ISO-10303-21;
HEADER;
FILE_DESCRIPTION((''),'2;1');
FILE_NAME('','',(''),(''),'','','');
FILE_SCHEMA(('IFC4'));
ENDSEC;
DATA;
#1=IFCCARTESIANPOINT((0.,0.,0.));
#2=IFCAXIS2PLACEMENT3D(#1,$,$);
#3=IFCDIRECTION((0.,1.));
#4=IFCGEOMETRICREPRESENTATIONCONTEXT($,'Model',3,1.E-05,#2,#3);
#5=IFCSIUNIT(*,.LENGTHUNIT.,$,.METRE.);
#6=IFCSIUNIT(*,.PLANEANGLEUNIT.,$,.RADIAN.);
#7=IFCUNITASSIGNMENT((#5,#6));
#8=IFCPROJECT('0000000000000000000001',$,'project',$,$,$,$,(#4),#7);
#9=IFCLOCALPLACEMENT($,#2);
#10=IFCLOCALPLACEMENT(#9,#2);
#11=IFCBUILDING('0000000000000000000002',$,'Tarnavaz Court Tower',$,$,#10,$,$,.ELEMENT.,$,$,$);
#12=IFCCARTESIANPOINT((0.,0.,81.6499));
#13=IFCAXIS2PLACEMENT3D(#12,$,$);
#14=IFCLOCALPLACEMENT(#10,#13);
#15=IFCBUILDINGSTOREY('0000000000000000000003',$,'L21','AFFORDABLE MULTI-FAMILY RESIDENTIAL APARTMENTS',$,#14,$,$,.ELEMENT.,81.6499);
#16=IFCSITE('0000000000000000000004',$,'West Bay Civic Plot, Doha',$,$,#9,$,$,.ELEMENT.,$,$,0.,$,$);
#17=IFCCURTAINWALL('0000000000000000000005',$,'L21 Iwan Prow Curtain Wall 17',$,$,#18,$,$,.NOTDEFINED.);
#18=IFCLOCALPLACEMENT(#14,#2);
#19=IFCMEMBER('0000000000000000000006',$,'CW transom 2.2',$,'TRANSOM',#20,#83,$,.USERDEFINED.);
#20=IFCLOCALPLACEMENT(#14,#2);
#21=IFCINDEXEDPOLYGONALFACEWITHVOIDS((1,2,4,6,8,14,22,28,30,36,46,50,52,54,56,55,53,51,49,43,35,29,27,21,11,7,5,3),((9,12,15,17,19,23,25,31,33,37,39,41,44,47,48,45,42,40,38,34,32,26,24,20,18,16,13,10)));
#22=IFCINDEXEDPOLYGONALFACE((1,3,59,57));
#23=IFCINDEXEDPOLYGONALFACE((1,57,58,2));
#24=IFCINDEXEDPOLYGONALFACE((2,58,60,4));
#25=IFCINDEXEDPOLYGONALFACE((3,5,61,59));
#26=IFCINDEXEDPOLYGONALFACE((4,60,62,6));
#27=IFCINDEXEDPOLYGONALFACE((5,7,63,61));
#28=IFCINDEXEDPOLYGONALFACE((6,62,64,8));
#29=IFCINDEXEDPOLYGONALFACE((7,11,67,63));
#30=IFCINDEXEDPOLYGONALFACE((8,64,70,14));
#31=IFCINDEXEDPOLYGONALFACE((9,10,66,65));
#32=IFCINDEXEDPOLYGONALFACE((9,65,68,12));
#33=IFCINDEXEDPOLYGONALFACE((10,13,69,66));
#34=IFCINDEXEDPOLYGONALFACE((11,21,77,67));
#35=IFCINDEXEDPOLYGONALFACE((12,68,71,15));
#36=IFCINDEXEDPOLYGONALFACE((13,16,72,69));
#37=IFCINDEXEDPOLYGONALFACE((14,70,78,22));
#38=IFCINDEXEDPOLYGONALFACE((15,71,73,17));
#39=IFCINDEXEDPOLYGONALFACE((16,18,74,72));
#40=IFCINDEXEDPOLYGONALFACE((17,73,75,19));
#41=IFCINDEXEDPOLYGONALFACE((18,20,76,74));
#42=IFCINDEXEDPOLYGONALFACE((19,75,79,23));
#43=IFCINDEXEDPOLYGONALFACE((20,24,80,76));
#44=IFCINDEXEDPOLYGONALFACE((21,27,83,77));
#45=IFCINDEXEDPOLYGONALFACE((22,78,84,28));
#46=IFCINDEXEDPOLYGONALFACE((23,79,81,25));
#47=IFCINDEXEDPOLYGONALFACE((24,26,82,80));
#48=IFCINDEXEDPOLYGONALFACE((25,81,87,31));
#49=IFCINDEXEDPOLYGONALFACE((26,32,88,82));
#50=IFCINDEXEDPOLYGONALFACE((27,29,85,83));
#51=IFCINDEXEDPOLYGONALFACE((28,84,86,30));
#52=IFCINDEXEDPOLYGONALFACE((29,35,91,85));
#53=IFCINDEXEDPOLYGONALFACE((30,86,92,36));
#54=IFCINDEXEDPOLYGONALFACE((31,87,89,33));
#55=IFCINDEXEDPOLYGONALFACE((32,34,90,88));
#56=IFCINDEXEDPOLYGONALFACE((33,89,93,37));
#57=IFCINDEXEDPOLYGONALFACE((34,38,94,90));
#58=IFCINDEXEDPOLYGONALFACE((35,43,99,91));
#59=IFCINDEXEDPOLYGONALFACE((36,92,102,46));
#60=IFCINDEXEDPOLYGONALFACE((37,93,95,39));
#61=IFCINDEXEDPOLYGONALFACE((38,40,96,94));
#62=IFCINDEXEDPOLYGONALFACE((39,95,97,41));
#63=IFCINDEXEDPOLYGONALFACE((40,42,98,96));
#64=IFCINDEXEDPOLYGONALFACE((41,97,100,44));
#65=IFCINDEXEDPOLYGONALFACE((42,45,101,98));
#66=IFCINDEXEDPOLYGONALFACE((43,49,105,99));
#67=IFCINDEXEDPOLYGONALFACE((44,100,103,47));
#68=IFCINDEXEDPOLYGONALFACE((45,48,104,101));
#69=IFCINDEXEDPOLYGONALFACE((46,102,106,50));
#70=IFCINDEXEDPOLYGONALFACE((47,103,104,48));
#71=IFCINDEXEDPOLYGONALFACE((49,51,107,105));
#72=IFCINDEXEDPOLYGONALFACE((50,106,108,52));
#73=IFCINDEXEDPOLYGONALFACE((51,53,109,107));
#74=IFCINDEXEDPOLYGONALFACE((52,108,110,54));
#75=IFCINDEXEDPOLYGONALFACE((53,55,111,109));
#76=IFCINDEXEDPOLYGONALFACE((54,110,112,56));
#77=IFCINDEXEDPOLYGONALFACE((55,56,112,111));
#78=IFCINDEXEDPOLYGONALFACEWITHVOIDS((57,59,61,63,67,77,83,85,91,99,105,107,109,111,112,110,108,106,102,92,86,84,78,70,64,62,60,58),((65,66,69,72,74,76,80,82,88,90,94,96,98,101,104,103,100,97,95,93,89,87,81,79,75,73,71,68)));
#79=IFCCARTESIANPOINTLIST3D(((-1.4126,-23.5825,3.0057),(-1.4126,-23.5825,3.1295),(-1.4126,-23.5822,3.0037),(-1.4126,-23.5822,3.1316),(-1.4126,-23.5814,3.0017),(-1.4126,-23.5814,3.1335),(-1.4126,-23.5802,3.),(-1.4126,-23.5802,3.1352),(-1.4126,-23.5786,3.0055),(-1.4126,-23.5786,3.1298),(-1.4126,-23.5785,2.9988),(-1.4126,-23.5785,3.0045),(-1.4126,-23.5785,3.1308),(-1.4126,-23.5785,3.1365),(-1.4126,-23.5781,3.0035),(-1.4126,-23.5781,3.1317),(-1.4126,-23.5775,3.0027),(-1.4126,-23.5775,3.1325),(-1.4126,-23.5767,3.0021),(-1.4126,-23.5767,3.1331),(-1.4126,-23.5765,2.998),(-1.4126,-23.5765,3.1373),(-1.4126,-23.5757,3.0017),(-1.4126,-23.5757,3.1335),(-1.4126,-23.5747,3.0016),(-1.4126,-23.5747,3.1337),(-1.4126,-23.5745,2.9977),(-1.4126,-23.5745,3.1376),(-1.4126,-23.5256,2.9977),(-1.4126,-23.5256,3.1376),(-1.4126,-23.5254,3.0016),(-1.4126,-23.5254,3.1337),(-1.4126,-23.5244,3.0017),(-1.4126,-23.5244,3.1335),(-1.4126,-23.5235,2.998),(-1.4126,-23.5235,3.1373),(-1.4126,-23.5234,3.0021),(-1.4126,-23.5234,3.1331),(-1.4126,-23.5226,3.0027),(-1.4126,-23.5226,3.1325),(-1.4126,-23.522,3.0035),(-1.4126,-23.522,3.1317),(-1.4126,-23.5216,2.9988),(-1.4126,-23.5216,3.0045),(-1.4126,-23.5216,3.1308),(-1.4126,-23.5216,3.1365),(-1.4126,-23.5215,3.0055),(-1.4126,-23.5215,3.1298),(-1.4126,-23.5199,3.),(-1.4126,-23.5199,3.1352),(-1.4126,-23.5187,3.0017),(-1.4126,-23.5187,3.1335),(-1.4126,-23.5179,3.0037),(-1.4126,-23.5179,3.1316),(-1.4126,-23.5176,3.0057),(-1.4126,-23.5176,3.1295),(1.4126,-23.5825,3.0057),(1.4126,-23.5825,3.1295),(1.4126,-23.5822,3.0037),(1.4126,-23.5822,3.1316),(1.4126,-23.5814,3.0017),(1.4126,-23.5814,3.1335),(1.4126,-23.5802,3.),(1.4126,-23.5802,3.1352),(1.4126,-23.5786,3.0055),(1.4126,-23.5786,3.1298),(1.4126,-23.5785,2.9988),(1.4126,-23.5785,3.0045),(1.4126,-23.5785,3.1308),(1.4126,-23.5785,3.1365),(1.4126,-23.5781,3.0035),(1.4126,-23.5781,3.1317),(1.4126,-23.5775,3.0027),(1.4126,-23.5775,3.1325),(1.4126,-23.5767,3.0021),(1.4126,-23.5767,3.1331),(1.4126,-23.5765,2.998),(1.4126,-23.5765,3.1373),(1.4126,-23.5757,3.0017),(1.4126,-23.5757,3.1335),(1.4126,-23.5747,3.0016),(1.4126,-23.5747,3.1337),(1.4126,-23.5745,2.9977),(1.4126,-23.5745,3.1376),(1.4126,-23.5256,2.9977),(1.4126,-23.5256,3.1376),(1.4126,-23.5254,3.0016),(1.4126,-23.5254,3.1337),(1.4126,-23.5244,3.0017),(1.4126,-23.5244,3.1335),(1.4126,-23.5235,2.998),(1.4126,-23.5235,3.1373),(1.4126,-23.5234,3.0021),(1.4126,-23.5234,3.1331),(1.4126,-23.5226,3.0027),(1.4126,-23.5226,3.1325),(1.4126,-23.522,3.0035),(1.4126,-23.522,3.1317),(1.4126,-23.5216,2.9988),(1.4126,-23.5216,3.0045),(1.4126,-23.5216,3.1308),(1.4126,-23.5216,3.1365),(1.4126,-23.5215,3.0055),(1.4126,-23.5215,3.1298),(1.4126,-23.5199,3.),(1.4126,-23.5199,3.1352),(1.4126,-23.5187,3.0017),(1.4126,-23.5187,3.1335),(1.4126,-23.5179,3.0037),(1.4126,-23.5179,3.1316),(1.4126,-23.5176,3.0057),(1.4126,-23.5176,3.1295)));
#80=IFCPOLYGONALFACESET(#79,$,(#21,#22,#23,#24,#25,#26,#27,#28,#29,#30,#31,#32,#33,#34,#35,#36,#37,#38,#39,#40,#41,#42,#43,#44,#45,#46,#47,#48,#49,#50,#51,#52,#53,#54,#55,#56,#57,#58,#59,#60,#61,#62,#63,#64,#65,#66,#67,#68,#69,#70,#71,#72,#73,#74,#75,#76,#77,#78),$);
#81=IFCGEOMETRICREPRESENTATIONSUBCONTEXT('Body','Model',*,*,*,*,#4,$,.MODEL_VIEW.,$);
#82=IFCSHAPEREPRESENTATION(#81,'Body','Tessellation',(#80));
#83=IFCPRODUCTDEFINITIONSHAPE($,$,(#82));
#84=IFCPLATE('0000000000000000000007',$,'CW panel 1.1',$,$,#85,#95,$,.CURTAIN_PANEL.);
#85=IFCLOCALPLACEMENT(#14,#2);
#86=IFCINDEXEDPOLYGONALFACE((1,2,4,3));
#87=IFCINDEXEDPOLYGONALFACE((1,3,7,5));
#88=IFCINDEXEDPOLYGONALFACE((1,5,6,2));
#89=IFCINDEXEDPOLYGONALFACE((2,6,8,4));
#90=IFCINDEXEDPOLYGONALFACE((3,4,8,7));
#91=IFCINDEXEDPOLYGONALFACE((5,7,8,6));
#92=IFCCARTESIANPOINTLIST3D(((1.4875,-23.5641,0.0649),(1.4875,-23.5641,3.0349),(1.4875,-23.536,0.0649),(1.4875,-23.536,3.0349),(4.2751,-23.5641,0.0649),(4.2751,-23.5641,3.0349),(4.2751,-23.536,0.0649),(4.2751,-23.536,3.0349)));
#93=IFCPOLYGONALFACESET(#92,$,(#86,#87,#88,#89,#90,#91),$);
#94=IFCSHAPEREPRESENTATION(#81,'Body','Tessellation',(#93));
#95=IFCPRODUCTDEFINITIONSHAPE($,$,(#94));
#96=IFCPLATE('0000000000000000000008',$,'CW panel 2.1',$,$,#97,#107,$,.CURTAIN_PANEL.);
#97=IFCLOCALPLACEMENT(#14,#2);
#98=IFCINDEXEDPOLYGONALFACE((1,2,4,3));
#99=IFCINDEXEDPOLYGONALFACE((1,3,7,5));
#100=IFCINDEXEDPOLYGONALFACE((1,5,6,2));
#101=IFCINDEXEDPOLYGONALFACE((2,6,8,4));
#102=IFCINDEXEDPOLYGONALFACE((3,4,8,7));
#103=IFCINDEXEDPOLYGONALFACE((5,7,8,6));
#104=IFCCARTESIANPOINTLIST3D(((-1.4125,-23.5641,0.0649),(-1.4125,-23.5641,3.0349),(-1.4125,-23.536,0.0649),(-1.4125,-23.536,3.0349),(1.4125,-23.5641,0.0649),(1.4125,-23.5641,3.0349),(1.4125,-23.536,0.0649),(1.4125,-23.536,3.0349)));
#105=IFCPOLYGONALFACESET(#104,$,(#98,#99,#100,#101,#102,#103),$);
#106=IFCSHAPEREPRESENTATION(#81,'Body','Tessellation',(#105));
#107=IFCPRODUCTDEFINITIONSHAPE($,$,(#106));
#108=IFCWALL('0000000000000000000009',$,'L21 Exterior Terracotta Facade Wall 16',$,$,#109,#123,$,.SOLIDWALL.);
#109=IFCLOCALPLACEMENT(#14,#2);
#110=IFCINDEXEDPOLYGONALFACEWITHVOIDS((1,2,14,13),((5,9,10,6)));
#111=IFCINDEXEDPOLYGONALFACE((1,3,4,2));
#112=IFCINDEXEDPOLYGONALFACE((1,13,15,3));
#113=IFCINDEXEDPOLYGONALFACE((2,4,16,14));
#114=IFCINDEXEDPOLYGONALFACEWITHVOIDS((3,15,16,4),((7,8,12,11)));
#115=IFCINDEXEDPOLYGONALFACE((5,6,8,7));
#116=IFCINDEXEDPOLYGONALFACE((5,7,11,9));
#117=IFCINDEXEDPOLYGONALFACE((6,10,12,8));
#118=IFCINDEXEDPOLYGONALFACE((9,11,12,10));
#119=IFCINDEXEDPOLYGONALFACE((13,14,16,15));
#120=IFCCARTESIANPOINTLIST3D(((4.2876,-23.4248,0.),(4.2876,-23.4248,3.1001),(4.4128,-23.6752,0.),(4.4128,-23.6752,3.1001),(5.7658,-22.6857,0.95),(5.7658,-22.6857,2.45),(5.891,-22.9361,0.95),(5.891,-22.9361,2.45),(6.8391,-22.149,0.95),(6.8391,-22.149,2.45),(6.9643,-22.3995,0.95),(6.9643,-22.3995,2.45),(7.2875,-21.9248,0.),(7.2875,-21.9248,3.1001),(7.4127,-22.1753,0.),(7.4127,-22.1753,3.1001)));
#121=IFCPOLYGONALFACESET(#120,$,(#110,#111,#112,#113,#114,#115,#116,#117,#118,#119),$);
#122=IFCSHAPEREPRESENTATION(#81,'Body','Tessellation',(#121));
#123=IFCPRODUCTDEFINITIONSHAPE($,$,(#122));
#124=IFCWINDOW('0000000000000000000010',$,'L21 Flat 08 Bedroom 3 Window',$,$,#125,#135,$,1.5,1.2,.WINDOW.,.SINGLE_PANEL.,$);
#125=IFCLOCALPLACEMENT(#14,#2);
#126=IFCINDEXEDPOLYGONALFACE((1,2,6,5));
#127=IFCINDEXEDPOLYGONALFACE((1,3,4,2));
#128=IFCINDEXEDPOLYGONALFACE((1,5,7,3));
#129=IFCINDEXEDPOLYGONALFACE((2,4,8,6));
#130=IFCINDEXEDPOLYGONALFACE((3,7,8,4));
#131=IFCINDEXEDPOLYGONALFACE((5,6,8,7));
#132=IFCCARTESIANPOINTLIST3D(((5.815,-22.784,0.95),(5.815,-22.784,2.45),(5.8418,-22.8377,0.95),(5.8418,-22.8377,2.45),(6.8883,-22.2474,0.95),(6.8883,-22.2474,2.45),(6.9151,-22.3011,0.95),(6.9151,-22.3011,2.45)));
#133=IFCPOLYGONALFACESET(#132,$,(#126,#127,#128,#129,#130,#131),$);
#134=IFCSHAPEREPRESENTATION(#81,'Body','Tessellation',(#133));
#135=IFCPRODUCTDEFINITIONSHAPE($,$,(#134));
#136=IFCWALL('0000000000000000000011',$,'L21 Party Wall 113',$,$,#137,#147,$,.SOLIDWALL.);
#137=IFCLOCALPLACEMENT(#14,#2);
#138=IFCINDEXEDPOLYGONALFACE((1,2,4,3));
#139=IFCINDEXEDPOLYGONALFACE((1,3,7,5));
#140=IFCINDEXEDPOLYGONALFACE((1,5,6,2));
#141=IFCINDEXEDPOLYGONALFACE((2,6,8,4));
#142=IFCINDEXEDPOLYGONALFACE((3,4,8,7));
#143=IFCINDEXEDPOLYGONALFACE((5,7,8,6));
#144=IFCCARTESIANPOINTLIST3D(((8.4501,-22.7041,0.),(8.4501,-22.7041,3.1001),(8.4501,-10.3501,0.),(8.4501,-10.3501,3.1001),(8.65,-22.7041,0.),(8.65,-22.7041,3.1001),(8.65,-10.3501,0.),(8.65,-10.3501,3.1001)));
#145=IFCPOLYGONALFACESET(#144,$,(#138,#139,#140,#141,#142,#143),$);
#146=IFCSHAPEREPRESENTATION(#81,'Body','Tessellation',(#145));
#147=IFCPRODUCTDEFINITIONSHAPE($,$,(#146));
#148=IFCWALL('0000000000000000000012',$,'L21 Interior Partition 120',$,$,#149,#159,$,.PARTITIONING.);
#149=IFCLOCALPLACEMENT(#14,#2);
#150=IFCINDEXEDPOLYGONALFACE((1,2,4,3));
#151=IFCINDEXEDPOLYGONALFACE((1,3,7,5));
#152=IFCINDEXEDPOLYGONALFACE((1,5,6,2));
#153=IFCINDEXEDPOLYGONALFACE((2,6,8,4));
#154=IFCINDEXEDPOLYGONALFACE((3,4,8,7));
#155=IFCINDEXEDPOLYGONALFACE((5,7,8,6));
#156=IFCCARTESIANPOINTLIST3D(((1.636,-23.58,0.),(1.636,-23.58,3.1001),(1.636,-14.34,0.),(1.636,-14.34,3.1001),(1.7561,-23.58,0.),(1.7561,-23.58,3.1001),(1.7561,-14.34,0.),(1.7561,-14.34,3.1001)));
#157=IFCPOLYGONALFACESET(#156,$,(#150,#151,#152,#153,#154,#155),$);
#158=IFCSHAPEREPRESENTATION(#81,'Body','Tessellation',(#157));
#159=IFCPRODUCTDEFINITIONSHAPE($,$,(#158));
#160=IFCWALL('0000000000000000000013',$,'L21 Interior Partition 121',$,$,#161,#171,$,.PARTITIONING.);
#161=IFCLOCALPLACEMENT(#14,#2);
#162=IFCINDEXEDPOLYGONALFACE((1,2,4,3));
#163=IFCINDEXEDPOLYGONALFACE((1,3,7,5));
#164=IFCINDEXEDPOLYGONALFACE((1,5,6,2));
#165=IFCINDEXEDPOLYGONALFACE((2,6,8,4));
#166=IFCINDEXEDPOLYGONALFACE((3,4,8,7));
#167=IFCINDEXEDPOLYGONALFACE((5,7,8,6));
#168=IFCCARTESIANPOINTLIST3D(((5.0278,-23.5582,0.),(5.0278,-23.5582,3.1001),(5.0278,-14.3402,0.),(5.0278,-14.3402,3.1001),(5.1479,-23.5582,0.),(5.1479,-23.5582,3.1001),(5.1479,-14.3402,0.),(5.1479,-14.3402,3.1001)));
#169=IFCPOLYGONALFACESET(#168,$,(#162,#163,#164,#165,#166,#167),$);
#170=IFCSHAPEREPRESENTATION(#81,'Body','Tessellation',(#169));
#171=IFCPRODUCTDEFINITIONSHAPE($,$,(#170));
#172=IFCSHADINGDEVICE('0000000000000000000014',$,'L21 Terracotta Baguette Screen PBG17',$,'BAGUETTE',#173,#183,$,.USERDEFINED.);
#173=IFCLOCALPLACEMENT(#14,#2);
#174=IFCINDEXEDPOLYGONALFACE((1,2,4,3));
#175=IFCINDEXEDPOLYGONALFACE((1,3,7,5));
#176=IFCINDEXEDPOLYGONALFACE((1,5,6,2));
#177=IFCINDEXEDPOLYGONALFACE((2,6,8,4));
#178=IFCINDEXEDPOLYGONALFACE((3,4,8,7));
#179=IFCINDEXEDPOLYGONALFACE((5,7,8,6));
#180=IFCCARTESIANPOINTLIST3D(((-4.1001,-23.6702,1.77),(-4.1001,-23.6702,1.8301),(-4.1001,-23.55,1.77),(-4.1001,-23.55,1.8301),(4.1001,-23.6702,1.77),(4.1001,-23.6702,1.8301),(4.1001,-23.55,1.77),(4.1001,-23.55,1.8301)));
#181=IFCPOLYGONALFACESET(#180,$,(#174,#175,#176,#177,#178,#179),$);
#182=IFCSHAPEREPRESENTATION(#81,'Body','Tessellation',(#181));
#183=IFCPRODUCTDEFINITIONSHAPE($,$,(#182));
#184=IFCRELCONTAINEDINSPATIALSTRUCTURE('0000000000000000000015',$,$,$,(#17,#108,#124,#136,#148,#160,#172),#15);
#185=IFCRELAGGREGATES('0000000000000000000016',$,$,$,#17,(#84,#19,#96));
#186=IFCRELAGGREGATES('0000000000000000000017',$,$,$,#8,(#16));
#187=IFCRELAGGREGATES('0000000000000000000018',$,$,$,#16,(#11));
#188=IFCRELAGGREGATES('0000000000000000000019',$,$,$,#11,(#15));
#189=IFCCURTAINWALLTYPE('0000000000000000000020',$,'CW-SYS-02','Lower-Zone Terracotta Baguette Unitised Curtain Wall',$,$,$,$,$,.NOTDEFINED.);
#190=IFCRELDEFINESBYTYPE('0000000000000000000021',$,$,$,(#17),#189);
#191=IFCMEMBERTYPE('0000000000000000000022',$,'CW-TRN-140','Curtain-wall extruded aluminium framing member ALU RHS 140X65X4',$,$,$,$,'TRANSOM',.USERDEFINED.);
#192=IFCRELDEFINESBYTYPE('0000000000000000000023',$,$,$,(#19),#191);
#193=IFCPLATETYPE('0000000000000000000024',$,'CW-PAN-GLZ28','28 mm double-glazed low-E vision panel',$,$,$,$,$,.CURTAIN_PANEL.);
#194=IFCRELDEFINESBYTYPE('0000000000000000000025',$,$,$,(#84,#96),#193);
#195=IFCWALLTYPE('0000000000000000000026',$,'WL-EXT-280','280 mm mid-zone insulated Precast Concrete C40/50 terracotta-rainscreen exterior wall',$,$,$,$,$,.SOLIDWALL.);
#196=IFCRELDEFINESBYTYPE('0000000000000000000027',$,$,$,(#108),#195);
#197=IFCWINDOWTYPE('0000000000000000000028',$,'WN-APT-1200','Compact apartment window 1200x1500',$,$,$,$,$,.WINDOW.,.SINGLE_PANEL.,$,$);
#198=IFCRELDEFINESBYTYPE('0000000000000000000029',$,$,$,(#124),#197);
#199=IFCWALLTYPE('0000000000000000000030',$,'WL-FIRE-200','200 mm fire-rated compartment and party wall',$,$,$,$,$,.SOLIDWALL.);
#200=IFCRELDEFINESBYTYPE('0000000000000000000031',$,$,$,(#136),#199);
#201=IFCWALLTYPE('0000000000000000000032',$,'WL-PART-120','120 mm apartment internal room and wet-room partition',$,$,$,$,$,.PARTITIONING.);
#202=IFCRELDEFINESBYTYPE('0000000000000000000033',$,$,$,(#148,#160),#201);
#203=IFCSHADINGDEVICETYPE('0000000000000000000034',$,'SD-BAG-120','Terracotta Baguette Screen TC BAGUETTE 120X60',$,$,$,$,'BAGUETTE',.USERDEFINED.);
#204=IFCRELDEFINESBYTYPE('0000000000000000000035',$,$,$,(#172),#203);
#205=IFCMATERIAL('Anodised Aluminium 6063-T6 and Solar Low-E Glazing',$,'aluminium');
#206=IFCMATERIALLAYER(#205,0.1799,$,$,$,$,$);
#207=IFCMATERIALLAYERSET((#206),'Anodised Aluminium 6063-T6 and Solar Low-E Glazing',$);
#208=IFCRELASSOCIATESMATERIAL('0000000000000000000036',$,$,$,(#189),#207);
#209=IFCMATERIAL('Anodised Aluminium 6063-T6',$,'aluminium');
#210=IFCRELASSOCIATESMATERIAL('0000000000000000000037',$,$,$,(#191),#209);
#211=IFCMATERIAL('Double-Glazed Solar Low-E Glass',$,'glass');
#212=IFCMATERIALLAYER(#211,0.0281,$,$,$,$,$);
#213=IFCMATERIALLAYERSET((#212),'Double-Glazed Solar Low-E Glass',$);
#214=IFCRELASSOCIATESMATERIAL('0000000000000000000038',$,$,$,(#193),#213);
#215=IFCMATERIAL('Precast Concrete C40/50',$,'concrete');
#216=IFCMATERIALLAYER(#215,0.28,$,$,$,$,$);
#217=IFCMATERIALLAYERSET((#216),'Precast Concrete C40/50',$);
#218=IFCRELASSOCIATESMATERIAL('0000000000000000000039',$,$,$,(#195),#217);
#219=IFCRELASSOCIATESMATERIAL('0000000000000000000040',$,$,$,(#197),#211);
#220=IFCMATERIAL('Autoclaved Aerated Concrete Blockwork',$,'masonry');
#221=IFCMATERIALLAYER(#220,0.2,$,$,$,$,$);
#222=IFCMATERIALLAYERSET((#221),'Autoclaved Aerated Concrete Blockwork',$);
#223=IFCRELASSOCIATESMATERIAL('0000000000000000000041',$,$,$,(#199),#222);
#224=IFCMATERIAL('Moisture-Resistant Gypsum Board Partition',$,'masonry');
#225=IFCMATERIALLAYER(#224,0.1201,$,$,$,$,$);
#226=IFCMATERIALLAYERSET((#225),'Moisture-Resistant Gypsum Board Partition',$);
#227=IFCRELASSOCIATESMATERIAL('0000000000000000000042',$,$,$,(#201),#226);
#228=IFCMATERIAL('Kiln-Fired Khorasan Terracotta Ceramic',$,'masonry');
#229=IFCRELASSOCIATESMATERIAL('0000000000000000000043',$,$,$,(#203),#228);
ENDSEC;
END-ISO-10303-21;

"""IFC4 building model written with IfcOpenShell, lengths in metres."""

from ifc_helpers import new_model, si_unit, direction, frame, frame_2d, origin, origin_2d, place, context, subcontext, project, spatial, rectangle, hollow_rectangle, extrude, material, layer, layer_set, material_profile, profile_set, type_object, element, fill, aggregate, save


model = new_model("IFC4")

# Units and contexts
model_context = context("Model", 3, precision=1e-05, world=origin(), true_north=direction((0.0, 1.0)))
body_context = subcontext(model_context, "Body", "Model", "MODEL_VIEW")
ifc_project = project(units=[si_unit("LENGTHUNIT", "METRE"), si_unit("PLANEANGLEUNIT", "RADIAN")], contexts=[model_context])

# Site, building, storey
site_placement = place(None, origin())
site = spatial("IfcSite", under=ifc_project, at=site_placement, Name="West Bay Civic Plot, Doha", CompositionType="ELEMENT", RefElevation=0.0)
building_placement = place(site_placement, origin())
building = spatial("IfcBuilding", under=site, at=building_placement, Name="Tarnavaz Court Tower", CompositionType="ELEMENT")
storey_placement = place(building_placement, frame((0.0, 0.0, 81.6499)))
storey = spatial("IfcBuildingStorey", under=building, at=storey_placement, Name="L21", Description="AFFORDABLE MULTI-FAMILY RESIDENTIAL APARTMENTS", CompositionType="ELEMENT", Elevation=81.6499)

# Curtain wall, member, plates
ifc_material_1 = material(Name="Anodised Aluminium 6063-T6 and Solar Low-E Glazing", Category="aluminium")
ifc_layer_1 = layer(ifc_material_1, 0.1799)
ifc_layer_set_1 = layer_set([ifc_layer_1], Name="Anodised Aluminium 6063-T6 and Solar Low-E Glazing")
curtain_wall_type = type_object("IfcCurtainWallType", Name="CW-SYS-02", Description="Lower-Zone Terracotta Baguette Unitised Curtain Wall", PredefinedType="NOTDEFINED", material=ifc_layer_set_1)
curtain_wall_placement = place(storey_placement, origin())
curtain_wall = element("IfcCurtainWall", 1, at=curtain_wall_placement, inside=storey, type_object=curtain_wall_type, Name="L21 Iwan Prow Curtain Wall 17", PredefinedType="NOTDEFINED")
ifc_material_2 = material(Name="Anodised Aluminium 6063-T6", Category="aluminium")
ifc_material_profile_1 = material_profile(ifc_material_2, hollow_rectangle(XDim=0.0649, YDim=0.1399, WallThickness=0.0039, InnerFilletRadius=0.0039, OuterFilletRadius=0.0081, at=origin_2d()), Name="ALU RHS 140X65X4")
ifc_profile_set_1 = profile_set([ifc_material_profile_1], Name="Anodised Aluminium 6063-T6")
member_type_1 = type_object("IfcMemberType", Name="CW-TRN-140", Description="Curtain-wall extruded aluminium framing member ALU RHS 140X65X4", ElementType="TRANSOM", PredefinedType="USERDEFINED", material=ifc_profile_set_1)
member_1_placement = place(storey_placement, frame((1.4126, -23.55, 3.0676), z_axis=(-1.0, 0.0, 0.0), x_axis=(0.0, -1.0, 0.0)))
member_1 = element("IfcMember", 2, at=member_1_placement, type_object=member_type_1, Name="CW transom 2.2", ObjectType="TRANSOM", PredefinedType="USERDEFINED", context=body_context, shape_type="SweptSolid", body=[
    extrude(hollow_rectangle(XDim=0.0649, YDim=0.1399, WallThickness=0.0039, InnerFilletRadius=0.0039, OuterFilletRadius=0.0081, at=origin_2d()), origin(), (0.0, 0.0, 1.0), 2.8252),
])
ifc_material_3 = material(Name="Double-Glazed Solar Low-E Glass", Category="glass")
ifc_layer_2 = layer(ifc_material_3, 0.0281)
ifc_layer_set_2 = layer_set([ifc_layer_2], Name="Double-Glazed Solar Low-E Glass")
plate_type = type_object("IfcPlateType", Name="CW-PAN-GLZ28", Description="28 mm double-glazed low-E vision panel", PredefinedType="CURTAIN_PANEL", material=ifc_layer_set_2)
plate_1_placement = place(storey_placement, frame((2.8813, -23.55, 0.0649), z_axis=(0.0, 0.0, 1.0), x_axis=(-1.0, 0.0, 0.0)))
plate_1 = element("IfcPlate", 3, at=plate_1_placement, type_object=plate_type, Name="CW panel 1.1", PredefinedType="CURTAIN_PANEL", context=body_context, shape_type="SweptSolid", body=[
    extrude(rectangle(XDim=2.7876, YDim=0.0281, at=origin_2d()), origin(), (0.0, 0.0, 1.0), 2.97),
])
plate_2_placement = place(storey_placement, frame((0.0, -23.55, 0.0649), z_axis=(0.0, 0.0, 1.0), x_axis=(-1.0, 0.0, 0.0)))
plate_2 = element("IfcPlate", 4, at=plate_2_placement, type_object=plate_type, Name="CW panel 2.1", PredefinedType="CURTAIN_PANEL", context=body_context, shape_type="SweptSolid", body=[
    extrude(rectangle(XDim=2.825, YDim=0.0281, at=origin_2d()), origin(), (0.0, 0.0, 1.0), 2.97),
])
aggregate(curtain_wall, [plate_1, member_1, plate_2])

# Wall, opening, window
ifc_material_4 = material(Name="Precast Concrete C40/50", Category="concrete")
ifc_layer_3 = layer(ifc_material_4, 0.28)
ifc_layer_set_3 = layer_set([ifc_layer_3], Name="Precast Concrete C40/50")
wall_type_1 = type_object("IfcWallType", Name="WL-EXT-280", Description="280 mm mid-zone insulated Precast Concrete C40/50 terracotta-rainscreen exterior wall", PredefinedType="SOLIDWALL", material=ifc_layer_set_3)
wall_1_placement = place(storey_placement, frame((7.3501, -22.05, 0.0), z_axis=(0.0, 0.0, 1.0), x_axis=(-0.894427, -0.447214, 0.0)))
wall_1 = element("IfcWall", 5, at=wall_1_placement, inside=storey, type_object=wall_type_1, Name="L21 Exterior Terracotta Facade Wall 16", PredefinedType="SOLIDWALL", context=body_context, shape_type="SweptSolid", body=[
    extrude(rectangle(XDim=3.354, YDim=0.28, at=frame_2d((1.677, 0.0))), origin(), (0.0, 0.0, 1.0), 3.1001),
])
opening_placement = place(wall_1_placement, frame((0.5012, 0.0, 0.95)))
opening = element("IfcOpeningElement", 6, at=opening_placement, cuts=wall_1, PredefinedType="OPENING", context=body_context, shape_type="SweptSolid", body=[
    extrude(rectangle(XDim=1.2, YDim=1.5, at=frame_2d((0.6001, 0.75))), frame((0.0, 0.1499, 0.0), z_axis=(0.0, -1.0, 0.0), x_axis=(1.0, 0.0, 0.0)), (0.0, 0.0, 1.0), 0.3),
])
window_type = type_object("IfcWindowType", Name="WN-APT-1200", Description="Compact apartment window 1200x1500", PartitioningType="SINGLE_PANEL", PredefinedType="WINDOW", material=ifc_material_3)
window_placement = place(opening_placement, origin())
window = element("IfcWindow", 7, at=window_placement, inside=storey, type_object=window_type, Name="L21 Flat 08 Bedroom 3 Window", OverallHeight=1.5, OverallWidth=1.2, PartitioningType="SINGLE_PANEL", PredefinedType="WINDOW", context=body_context, shape_type="SweptSolid", body=[
    extrude(rectangle(XDim=1.2, YDim=1.5, at=frame_2d((0.6001, 0.75))), frame((0.0, 0.03, 0.0), z_axis=(0.0, -1.0, 0.0), x_axis=(1.0, 0.0, 0.0)), (0.0, 0.0, 1.0), 0.0601),
])
fill(opening, window)

# Walls
ifc_material_5 = material(Name="Autoclaved Aerated Concrete Blockwork", Category="masonry")
ifc_layer_4 = layer(ifc_material_5, 0.2)
ifc_layer_set_4 = layer_set([ifc_layer_4], Name="Autoclaved Aerated Concrete Blockwork")
wall_type_2 = type_object("IfcWallType", Name="WL-FIRE-200", Description="200 mm fire-rated compartment and party wall", PredefinedType="SOLIDWALL", material=ifc_layer_set_4)
wall_2_placement = place(storey_placement, frame((8.55, -22.7041, 0.0), z_axis=(0.0, 0.0, 1.0), x_axis=(0.0, 1.0, 0.0)))
element("IfcWall", 8, at=wall_2_placement, inside=storey, type_object=wall_type_2, Name="L21 Party Wall 113", PredefinedType="SOLIDWALL", context=body_context, shape_type="SweptSolid", body=[
    extrude(rectangle(XDim=12.354, YDim=0.2, at=frame_2d((6.177, 0.0))), origin(), (0.0, 0.0, 1.0), 3.1001),
])
ifc_material_6 = material(Name="Moisture-Resistant Gypsum Board Partition", Category="masonry")
ifc_layer_5 = layer(ifc_material_6, 0.1201)
ifc_layer_set_5 = layer_set([ifc_layer_5], Name="Moisture-Resistant Gypsum Board Partition")
wall_type_3 = type_object("IfcWallType", Name="WL-PART-120", Description="120 mm apartment internal room and wet-room partition", PredefinedType="PARTITIONING", material=ifc_layer_set_5)
wall_3_placement = place(storey_placement, frame((1.696, -23.5801, 0.0), z_axis=(0.0, 0.0, 1.0), x_axis=(0.0, 1.0, 0.0)))
element("IfcWall", 9, at=wall_3_placement, inside=storey, type_object=wall_type_3, Name="L21 Interior Partition 120", PredefinedType="PARTITIONING", context=body_context, shape_type="SweptSolid", body=[
    extrude(rectangle(XDim=9.24, YDim=0.1201, at=frame_2d((4.6201, 0.0))), origin(), (0.0, 0.0, 1.0), 3.1001),
])
wall_4_placement = place(storey_placement, frame((5.0879, -23.5581, 0.0), z_axis=(0.0, 0.0, 1.0), x_axis=(0.0, 1.0, 0.0)))
element("IfcWall", 10, at=wall_4_placement, inside=storey, type_object=wall_type_3, Name="L21 Interior Partition 121", PredefinedType="PARTITIONING", context=body_context, shape_type="SweptSolid", body=[
    extrude(rectangle(XDim=9.218, YDim=0.1201, at=frame_2d((4.6089, 0.0))), origin(), (0.0, 0.0, 1.0), 3.1001),
])

# Shading device
ifc_material_7 = material(Name="Kiln-Fired Khorasan Terracotta Ceramic", Category="masonry")
ifc_material_profile_2 = material_profile(ifc_material_7, rectangle(XDim=0.1201, YDim=0.0601, at=origin_2d()), Name="TC BAGUETTE 120X60")
ifc_profile_set_2 = profile_set([ifc_material_profile_2], Name="Kiln-Fired Khorasan Terracotta Ceramic")
shading_device_type = type_object("IfcShadingDeviceType", Name="SD-BAG-120", Description="Terracotta Baguette Screen TC BAGUETTE 120X60", ElementType="BAGUETTE", PredefinedType="USERDEFINED", material=ifc_profile_set_2)
shading_device_placement = place(storey_placement, frame((4.1001, -23.6101, 1.8), z_axis=(-1.0, 0.0, 0.0), x_axis=(0.0, -1.0, 0.0)))
element("IfcShadingDevice", 11, at=shading_device_placement, inside=storey, type_object=shading_device_type, Name="L21 Terracotta Baguette Screen PBG17", ObjectType="BAGUETTE", PredefinedType="USERDEFINED", context=body_context, shape_type="SweptSolid", body=[
    extrude(rectangle(XDim=0.1201, YDim=0.0601, at=origin_2d()), origin(), (0.0, 0.0, 1.0), 8.2002),
])

save(model, "model.ifc")
